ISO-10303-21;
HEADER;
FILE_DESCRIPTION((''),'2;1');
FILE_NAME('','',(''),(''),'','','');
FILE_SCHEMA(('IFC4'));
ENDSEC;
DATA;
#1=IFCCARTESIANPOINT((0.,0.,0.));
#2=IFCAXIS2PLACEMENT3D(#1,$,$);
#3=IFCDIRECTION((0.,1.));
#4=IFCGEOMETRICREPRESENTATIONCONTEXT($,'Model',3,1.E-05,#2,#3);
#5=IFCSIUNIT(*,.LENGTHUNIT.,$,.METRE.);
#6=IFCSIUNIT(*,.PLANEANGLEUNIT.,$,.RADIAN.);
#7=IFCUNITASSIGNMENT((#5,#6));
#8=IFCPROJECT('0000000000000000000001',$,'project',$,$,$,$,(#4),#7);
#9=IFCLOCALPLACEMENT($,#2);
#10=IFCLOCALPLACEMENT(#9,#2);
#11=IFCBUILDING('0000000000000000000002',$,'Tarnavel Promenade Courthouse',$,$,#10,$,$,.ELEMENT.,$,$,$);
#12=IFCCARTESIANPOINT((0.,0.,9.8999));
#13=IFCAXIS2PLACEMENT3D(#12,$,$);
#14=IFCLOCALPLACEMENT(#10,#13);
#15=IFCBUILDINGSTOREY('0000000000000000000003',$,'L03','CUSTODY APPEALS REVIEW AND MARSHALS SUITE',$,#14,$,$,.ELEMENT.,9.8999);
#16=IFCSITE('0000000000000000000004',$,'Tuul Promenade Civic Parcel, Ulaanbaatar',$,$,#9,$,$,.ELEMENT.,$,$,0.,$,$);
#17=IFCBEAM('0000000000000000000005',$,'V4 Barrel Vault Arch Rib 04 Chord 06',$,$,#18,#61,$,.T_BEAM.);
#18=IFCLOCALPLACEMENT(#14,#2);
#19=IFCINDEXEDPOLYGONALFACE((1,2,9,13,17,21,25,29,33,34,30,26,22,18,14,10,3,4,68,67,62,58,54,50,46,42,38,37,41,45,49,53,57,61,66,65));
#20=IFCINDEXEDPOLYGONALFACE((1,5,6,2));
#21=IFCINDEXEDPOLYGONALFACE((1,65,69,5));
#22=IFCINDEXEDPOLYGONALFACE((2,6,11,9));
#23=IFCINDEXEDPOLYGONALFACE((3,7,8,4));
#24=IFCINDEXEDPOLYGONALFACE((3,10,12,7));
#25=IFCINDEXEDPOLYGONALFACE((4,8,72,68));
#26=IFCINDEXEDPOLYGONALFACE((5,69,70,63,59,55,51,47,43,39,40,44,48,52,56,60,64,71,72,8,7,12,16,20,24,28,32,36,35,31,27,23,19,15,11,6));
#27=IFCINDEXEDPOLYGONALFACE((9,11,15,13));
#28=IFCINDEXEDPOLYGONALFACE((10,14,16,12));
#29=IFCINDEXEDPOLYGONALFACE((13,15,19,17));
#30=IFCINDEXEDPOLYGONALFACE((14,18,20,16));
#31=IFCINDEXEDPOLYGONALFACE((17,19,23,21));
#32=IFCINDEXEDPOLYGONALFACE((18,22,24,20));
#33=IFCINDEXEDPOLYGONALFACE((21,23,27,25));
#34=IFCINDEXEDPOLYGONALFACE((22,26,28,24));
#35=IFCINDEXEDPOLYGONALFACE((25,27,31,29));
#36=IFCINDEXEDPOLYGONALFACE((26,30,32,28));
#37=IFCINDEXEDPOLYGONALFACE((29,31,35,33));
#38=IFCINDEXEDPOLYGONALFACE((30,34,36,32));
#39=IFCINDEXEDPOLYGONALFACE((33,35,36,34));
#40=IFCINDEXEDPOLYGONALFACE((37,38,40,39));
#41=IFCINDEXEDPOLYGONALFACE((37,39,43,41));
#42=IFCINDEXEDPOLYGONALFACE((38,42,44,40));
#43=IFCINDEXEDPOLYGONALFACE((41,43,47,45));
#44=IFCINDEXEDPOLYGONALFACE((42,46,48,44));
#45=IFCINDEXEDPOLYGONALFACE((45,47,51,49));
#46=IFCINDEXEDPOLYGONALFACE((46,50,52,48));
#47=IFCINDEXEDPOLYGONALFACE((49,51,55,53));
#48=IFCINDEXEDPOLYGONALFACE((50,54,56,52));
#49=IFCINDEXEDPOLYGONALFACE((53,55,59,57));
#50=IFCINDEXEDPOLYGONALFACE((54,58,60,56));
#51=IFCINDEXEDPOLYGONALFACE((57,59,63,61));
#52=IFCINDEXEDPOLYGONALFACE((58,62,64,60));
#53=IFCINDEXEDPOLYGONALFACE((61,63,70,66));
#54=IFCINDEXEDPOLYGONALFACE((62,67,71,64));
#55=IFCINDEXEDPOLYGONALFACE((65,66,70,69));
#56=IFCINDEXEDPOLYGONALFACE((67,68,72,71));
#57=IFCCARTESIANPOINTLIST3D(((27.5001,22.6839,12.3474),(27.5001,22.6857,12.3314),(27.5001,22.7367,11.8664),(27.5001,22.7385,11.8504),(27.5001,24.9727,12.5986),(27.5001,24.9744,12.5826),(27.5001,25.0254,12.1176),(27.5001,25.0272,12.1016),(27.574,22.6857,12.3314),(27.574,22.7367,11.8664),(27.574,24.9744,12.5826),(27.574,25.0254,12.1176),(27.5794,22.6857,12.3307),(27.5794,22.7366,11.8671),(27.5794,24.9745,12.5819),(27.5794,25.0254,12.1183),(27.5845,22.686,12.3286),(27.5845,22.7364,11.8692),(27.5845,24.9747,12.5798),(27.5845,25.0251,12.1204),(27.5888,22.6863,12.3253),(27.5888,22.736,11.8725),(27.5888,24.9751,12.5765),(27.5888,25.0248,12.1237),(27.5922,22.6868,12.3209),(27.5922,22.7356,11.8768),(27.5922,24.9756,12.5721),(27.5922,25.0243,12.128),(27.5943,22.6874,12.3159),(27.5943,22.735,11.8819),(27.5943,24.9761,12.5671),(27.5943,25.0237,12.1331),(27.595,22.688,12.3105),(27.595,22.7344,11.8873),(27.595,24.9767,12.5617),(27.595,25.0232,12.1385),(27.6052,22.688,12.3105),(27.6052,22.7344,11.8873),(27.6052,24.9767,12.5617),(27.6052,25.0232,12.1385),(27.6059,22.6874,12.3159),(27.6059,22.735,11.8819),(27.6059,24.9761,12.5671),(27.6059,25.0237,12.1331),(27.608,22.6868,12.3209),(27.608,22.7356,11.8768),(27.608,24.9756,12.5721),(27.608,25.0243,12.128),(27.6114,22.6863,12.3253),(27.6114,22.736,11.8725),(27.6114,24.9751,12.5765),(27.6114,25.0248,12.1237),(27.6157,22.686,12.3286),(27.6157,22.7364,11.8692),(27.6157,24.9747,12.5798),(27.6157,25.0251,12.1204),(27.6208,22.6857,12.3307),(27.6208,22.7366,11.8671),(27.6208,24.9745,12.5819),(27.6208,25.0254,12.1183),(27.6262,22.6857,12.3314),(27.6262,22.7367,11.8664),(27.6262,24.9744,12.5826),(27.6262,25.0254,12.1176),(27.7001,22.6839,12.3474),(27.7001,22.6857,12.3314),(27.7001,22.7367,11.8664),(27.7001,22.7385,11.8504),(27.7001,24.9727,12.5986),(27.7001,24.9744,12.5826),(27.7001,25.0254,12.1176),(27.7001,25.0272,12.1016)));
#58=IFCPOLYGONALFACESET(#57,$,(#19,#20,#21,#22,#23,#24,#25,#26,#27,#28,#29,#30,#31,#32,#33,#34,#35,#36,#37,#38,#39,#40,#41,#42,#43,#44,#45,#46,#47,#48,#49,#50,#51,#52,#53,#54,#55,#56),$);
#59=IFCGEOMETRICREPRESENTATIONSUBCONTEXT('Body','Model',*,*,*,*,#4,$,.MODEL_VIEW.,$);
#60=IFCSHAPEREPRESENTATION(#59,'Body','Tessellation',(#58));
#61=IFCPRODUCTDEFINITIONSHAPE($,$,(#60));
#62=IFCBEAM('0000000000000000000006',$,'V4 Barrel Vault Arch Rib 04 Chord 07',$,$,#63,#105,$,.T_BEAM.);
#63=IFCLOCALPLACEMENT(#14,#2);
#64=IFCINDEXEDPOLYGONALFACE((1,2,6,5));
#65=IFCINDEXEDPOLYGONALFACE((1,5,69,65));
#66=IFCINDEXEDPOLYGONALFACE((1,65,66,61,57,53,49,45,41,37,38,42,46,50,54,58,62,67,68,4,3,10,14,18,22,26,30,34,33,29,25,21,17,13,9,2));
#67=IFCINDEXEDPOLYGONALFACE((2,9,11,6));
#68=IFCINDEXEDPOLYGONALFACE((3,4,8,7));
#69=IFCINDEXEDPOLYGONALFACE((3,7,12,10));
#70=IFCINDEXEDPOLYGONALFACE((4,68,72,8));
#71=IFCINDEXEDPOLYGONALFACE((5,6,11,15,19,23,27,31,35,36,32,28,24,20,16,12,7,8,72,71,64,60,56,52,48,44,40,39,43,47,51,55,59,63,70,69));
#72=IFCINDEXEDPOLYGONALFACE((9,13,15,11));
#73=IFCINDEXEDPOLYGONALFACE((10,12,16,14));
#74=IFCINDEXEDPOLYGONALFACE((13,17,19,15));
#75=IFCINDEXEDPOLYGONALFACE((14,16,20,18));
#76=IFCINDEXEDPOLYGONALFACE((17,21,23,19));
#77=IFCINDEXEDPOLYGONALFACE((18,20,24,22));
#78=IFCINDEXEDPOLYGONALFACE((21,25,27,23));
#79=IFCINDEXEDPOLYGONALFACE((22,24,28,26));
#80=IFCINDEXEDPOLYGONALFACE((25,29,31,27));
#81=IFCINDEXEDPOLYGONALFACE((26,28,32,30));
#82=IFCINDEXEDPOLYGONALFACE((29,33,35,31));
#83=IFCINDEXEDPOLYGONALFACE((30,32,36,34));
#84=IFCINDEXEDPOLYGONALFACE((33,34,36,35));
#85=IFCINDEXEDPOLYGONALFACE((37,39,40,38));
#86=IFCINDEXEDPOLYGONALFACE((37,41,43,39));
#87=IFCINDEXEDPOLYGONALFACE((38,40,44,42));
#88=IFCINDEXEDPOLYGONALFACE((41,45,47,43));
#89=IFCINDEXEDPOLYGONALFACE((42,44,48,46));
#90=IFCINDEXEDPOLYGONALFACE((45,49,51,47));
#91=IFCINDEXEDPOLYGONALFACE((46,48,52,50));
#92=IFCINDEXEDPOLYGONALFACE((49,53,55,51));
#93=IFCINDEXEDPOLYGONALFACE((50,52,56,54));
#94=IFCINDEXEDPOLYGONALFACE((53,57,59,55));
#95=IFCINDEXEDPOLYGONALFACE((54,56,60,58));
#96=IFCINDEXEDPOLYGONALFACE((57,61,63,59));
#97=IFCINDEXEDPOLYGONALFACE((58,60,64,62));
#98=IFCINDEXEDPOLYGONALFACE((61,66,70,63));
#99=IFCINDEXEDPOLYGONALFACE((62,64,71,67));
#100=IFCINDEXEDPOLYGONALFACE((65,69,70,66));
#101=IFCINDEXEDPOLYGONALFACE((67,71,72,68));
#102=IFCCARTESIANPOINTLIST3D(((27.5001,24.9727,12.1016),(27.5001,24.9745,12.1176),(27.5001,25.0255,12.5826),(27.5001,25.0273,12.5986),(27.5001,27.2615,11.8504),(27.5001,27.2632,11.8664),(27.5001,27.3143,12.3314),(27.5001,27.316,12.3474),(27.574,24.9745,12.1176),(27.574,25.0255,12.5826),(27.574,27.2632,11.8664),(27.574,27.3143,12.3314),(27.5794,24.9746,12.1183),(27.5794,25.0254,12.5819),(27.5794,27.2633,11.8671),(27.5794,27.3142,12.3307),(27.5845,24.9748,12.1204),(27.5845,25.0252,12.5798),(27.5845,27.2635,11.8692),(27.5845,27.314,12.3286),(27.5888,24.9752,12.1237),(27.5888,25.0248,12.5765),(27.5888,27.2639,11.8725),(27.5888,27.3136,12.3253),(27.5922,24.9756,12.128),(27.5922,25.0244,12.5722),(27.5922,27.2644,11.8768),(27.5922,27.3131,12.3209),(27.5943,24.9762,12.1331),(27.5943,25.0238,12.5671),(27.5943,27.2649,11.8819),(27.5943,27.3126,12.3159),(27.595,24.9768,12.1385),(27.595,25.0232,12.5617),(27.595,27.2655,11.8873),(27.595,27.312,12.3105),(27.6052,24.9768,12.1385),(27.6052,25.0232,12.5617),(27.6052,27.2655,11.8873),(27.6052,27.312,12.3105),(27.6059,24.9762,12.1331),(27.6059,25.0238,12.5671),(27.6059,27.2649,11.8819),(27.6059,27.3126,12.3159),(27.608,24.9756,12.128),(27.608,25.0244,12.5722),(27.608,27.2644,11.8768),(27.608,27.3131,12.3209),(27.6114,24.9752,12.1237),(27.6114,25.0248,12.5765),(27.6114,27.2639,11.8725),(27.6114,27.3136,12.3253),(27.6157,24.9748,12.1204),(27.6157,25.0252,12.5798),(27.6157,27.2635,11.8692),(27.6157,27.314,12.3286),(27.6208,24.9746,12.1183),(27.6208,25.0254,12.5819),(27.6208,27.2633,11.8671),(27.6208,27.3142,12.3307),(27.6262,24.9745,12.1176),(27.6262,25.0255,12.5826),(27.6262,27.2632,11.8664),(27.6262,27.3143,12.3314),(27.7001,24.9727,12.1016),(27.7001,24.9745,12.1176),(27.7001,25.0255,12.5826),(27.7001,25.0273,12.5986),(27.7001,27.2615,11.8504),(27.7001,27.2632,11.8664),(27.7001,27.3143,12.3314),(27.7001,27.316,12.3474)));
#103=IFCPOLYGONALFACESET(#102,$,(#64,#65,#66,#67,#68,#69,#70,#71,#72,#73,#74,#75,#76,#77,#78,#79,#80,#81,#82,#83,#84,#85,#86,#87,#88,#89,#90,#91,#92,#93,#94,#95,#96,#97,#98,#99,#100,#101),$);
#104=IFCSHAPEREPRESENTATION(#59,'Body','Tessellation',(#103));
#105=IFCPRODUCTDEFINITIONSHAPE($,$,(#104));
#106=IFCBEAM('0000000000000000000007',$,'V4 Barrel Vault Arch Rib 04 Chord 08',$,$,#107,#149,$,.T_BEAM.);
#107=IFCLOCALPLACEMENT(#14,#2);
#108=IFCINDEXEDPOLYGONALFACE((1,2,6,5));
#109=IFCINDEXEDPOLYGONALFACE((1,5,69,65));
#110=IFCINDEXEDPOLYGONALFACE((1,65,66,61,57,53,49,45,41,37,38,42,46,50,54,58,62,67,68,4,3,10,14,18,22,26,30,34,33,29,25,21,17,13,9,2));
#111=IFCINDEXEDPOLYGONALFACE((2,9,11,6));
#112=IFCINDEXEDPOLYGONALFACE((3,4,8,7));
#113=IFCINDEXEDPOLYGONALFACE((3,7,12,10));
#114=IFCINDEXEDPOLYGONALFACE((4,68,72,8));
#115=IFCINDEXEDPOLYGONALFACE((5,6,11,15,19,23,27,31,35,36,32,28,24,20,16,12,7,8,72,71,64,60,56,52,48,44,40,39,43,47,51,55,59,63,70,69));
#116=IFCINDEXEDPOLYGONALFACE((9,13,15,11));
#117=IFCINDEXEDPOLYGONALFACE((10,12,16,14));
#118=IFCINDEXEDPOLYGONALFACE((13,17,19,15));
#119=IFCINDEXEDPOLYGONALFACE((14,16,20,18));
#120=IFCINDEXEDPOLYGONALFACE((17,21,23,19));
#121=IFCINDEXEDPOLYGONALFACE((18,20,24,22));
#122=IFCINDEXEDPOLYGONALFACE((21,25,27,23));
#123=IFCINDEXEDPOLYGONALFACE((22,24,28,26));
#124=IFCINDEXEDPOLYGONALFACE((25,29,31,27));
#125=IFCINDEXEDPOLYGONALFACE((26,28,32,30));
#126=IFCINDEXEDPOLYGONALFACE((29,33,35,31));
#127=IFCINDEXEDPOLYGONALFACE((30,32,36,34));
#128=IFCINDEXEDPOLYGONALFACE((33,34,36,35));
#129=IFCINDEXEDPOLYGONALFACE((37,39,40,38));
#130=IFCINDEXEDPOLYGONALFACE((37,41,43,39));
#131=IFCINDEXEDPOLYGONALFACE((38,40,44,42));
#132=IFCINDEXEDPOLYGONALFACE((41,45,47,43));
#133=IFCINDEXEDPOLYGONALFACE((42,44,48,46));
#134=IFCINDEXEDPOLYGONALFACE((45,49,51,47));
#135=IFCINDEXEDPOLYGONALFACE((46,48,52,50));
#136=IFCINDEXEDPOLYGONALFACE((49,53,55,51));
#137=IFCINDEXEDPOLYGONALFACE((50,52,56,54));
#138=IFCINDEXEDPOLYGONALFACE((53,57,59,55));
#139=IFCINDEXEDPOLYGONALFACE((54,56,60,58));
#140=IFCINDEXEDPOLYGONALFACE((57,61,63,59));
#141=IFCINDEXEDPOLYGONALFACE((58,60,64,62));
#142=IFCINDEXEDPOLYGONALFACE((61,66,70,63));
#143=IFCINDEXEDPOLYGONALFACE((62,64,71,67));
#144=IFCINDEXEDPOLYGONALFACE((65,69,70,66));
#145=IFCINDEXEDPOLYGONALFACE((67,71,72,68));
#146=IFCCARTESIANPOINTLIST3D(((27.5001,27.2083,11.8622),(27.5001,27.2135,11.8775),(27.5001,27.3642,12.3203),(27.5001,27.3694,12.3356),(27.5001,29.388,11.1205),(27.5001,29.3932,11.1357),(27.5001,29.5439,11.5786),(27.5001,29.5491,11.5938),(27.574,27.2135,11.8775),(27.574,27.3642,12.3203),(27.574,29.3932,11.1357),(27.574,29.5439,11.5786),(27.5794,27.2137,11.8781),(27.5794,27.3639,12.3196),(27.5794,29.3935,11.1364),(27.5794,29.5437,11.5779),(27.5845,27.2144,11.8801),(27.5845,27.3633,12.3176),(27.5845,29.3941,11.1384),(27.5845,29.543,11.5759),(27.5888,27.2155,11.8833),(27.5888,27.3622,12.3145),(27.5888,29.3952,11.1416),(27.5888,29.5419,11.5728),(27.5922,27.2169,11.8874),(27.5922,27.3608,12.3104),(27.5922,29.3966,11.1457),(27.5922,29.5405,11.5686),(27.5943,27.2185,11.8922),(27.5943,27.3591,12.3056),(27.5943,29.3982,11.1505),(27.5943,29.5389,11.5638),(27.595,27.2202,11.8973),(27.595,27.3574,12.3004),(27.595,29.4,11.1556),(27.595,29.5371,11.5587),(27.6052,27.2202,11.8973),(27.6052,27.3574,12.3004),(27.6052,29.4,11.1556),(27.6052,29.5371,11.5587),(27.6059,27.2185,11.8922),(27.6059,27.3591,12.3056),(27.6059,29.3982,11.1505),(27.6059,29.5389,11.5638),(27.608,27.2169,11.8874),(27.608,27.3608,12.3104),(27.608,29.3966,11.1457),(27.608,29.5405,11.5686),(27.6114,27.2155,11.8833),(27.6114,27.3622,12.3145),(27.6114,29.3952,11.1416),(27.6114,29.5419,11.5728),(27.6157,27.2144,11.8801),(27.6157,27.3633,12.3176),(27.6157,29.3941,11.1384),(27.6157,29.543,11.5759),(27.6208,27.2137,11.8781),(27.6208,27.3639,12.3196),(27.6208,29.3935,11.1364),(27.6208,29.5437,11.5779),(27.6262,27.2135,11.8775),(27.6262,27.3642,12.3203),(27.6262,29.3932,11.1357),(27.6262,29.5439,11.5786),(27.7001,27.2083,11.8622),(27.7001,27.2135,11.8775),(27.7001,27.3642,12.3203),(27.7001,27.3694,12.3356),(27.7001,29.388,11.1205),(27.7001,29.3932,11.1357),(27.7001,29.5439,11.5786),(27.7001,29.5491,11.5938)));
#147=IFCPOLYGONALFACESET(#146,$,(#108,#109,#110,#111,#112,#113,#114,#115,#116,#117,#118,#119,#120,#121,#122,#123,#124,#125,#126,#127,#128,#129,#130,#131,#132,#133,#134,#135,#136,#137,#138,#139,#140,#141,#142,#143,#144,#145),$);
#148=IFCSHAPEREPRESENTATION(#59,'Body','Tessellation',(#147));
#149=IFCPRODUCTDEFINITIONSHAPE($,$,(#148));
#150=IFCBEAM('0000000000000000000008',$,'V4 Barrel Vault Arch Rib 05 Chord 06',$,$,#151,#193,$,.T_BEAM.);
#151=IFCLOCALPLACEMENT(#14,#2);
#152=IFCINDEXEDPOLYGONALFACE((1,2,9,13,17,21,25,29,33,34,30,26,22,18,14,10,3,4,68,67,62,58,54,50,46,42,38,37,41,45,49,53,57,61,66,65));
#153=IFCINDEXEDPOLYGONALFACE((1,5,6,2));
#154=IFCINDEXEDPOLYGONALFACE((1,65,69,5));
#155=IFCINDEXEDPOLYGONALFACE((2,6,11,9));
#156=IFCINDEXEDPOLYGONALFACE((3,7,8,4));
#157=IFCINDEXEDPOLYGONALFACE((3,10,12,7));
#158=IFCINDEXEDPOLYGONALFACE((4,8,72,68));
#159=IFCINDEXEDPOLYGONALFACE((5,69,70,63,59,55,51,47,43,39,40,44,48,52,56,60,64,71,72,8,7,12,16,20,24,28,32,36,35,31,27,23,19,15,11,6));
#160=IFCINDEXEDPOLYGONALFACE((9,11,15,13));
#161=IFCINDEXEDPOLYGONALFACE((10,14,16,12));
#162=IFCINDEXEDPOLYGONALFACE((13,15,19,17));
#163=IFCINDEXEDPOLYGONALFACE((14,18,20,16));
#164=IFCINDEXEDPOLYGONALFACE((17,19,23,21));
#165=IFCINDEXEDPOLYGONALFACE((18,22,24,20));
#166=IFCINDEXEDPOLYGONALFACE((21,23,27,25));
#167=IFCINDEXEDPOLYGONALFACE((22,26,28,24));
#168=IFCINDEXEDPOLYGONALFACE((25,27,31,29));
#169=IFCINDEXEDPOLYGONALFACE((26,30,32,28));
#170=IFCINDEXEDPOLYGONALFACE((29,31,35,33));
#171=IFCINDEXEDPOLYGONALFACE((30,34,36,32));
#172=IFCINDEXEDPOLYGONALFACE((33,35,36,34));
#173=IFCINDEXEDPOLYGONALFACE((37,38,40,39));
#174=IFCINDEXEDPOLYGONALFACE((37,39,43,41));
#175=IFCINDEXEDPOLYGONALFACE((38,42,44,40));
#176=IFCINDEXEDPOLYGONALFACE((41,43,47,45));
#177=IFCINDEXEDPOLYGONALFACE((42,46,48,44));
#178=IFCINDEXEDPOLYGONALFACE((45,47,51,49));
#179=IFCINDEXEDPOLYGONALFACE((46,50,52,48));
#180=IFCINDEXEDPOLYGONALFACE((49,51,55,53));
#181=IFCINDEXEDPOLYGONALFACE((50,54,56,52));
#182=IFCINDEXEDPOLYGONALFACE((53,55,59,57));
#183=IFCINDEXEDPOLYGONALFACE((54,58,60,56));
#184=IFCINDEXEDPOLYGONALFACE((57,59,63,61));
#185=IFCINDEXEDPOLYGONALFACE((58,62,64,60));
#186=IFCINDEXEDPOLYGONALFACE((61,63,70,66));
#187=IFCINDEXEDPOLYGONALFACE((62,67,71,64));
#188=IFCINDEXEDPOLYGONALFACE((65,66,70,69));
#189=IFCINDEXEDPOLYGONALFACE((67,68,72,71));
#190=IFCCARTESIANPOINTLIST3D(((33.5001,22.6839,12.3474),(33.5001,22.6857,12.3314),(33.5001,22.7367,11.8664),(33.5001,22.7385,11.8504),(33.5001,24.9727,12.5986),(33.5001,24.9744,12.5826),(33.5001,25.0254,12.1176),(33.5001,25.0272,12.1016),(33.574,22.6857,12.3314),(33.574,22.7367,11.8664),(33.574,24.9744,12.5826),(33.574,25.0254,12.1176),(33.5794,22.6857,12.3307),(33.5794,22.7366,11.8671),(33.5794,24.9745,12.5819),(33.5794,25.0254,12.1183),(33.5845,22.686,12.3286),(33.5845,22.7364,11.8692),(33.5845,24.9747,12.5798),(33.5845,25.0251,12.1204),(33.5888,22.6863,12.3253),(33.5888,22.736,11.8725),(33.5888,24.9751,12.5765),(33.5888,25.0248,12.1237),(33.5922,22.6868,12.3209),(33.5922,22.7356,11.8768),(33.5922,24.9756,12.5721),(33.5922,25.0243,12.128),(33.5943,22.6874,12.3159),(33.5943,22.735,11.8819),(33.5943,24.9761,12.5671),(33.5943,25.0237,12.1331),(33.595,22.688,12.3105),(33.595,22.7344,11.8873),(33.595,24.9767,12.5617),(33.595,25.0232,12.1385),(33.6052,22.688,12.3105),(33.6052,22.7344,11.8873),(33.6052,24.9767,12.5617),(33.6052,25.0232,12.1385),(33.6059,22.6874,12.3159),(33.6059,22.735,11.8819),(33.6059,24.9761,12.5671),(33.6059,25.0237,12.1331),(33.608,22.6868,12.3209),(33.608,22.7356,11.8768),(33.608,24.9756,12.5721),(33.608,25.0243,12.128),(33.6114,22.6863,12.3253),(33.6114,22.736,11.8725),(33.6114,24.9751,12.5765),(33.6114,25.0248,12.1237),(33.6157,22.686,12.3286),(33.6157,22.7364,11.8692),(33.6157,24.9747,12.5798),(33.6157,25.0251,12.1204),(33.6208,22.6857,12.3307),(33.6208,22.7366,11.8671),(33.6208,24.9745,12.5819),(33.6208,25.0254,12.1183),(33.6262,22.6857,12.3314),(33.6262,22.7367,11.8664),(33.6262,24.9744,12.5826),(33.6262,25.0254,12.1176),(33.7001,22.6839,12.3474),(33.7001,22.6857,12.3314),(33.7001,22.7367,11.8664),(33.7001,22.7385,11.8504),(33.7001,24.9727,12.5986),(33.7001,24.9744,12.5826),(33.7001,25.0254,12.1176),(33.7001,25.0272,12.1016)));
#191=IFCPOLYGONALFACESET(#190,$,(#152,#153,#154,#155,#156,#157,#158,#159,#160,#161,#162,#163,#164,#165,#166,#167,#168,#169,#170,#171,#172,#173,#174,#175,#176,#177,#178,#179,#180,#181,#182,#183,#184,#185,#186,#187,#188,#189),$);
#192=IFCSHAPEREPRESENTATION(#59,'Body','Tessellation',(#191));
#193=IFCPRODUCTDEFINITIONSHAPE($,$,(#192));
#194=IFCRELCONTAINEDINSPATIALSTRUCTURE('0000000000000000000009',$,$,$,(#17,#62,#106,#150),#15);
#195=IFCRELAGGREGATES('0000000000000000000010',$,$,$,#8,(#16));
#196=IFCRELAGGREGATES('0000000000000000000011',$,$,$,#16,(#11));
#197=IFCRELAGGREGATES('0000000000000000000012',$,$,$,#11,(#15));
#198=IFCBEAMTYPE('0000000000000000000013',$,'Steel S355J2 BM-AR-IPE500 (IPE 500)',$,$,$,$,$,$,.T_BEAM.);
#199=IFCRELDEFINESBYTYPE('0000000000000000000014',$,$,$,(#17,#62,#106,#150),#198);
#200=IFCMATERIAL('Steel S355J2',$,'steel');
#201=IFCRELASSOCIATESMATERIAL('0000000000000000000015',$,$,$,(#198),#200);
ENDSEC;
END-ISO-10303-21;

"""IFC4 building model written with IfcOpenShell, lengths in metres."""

from ifc_helpers import new_model, si_unit, direction, frame, origin, origin_2d, place, context, subcontext, project, spatial, i_section, extrude, material, material_profile, profile_set, type_object, element, save


model = new_model("IFC4")

# Units and contexts
model_context = context("Model", 3, precision=1e-05, world=origin(), true_north=direction((0.0, 1.0)))
body_context = subcontext(model_context, "Body", "Model", "MODEL_VIEW")
ifc_project = project(units=[si_unit("LENGTHUNIT", "METRE"), si_unit("PLANEANGLEUNIT", "RADIAN")], contexts=[model_context])

# Site, building, storey
site_placement = place(None, origin())
site = spatial("IfcSite", under=ifc_project, at=site_placement, Name="Tuul Promenade Civic Parcel, Ulaanbaatar", CompositionType="ELEMENT", RefElevation=0.0)
building_placement = place(site_placement, origin())
building = spatial("IfcBuilding", under=site, at=building_placement, Name="Tarnavel Promenade Courthouse", CompositionType="ELEMENT")
storey_placement = place(building_placement, frame((0.0, 0.0, 9.8999)))
storey = spatial("IfcBuildingStorey", under=building, at=storey_placement, Name="L03", Description="CUSTODY APPEALS REVIEW AND MARSHALS SUITE", CompositionType="ELEMENT", Elevation=9.8999)

# Beams
ifc_material_1 = material(Name="Steel S355J2", Category="steel")
ifc_material_profile_1 = material_profile(ifc_material_1, i_section(OverallWidth=0.2, OverallDepth=0.5, WebThickness=0.0103, FlangeThickness=0.0161, FilletRadius=0.021, at=origin_2d()), Name="IPE 500")
ifc_profile_set_1 = profile_set([ifc_material_profile_1], Name="Steel S355J2")
beam_type = type_object("IfcBeamType", Name="Steel S355J2 BM-AR-IPE500 (IPE 500)", PredefinedType="T_BEAM", material=ifc_profile_set_1)
for number, where, z_axis, x_axis, name in (
    (1, (27.6001, 22.7112, 12.0989), (0.0, 0.99403, 0.109105), (-1.0, 0.0, 0.0), "V4 Barrel Vault Arch Rib 04 Chord 06"),
    (2, (27.6001, 25.0, 12.3501), (0.0, 0.99403, -0.109105), (-1.0, 0.0, 0.0), "V4 Barrel Vault Arch Rib 04 Chord 07"),
    (3, (27.6001, 27.2888, 12.0989), (0.0, 0.946693, -0.322138), (-1.0, 0.0, 0.0), "V4 Barrel Vault Arch Rib 04 Chord 08"),
    (4, (33.6001, 22.7112, 12.0989), (0.0, 0.99403, 0.109105), (-1.0, 0.0, 0.0), "V4 Barrel Vault Arch Rib 05 Chord 06"),
):
    element("IfcBeam", number, at=place(storey_placement, frame(where, z_axis=z_axis, x_axis=x_axis)), inside=storey, type_object=beam_type, Name=name, PredefinedType="T_BEAM", context=body_context, shape_type="SweptSolid", body=[
        extrude(i_section(OverallWidth=0.2, OverallDepth=0.5, WebThickness=0.0103, FlangeThickness=0.0161, FilletRadius=0.021, at=origin_2d()), origin(), (0.0, 0.0, 1.0), 2.3025),
    ])

save(model, "model.ifc")
